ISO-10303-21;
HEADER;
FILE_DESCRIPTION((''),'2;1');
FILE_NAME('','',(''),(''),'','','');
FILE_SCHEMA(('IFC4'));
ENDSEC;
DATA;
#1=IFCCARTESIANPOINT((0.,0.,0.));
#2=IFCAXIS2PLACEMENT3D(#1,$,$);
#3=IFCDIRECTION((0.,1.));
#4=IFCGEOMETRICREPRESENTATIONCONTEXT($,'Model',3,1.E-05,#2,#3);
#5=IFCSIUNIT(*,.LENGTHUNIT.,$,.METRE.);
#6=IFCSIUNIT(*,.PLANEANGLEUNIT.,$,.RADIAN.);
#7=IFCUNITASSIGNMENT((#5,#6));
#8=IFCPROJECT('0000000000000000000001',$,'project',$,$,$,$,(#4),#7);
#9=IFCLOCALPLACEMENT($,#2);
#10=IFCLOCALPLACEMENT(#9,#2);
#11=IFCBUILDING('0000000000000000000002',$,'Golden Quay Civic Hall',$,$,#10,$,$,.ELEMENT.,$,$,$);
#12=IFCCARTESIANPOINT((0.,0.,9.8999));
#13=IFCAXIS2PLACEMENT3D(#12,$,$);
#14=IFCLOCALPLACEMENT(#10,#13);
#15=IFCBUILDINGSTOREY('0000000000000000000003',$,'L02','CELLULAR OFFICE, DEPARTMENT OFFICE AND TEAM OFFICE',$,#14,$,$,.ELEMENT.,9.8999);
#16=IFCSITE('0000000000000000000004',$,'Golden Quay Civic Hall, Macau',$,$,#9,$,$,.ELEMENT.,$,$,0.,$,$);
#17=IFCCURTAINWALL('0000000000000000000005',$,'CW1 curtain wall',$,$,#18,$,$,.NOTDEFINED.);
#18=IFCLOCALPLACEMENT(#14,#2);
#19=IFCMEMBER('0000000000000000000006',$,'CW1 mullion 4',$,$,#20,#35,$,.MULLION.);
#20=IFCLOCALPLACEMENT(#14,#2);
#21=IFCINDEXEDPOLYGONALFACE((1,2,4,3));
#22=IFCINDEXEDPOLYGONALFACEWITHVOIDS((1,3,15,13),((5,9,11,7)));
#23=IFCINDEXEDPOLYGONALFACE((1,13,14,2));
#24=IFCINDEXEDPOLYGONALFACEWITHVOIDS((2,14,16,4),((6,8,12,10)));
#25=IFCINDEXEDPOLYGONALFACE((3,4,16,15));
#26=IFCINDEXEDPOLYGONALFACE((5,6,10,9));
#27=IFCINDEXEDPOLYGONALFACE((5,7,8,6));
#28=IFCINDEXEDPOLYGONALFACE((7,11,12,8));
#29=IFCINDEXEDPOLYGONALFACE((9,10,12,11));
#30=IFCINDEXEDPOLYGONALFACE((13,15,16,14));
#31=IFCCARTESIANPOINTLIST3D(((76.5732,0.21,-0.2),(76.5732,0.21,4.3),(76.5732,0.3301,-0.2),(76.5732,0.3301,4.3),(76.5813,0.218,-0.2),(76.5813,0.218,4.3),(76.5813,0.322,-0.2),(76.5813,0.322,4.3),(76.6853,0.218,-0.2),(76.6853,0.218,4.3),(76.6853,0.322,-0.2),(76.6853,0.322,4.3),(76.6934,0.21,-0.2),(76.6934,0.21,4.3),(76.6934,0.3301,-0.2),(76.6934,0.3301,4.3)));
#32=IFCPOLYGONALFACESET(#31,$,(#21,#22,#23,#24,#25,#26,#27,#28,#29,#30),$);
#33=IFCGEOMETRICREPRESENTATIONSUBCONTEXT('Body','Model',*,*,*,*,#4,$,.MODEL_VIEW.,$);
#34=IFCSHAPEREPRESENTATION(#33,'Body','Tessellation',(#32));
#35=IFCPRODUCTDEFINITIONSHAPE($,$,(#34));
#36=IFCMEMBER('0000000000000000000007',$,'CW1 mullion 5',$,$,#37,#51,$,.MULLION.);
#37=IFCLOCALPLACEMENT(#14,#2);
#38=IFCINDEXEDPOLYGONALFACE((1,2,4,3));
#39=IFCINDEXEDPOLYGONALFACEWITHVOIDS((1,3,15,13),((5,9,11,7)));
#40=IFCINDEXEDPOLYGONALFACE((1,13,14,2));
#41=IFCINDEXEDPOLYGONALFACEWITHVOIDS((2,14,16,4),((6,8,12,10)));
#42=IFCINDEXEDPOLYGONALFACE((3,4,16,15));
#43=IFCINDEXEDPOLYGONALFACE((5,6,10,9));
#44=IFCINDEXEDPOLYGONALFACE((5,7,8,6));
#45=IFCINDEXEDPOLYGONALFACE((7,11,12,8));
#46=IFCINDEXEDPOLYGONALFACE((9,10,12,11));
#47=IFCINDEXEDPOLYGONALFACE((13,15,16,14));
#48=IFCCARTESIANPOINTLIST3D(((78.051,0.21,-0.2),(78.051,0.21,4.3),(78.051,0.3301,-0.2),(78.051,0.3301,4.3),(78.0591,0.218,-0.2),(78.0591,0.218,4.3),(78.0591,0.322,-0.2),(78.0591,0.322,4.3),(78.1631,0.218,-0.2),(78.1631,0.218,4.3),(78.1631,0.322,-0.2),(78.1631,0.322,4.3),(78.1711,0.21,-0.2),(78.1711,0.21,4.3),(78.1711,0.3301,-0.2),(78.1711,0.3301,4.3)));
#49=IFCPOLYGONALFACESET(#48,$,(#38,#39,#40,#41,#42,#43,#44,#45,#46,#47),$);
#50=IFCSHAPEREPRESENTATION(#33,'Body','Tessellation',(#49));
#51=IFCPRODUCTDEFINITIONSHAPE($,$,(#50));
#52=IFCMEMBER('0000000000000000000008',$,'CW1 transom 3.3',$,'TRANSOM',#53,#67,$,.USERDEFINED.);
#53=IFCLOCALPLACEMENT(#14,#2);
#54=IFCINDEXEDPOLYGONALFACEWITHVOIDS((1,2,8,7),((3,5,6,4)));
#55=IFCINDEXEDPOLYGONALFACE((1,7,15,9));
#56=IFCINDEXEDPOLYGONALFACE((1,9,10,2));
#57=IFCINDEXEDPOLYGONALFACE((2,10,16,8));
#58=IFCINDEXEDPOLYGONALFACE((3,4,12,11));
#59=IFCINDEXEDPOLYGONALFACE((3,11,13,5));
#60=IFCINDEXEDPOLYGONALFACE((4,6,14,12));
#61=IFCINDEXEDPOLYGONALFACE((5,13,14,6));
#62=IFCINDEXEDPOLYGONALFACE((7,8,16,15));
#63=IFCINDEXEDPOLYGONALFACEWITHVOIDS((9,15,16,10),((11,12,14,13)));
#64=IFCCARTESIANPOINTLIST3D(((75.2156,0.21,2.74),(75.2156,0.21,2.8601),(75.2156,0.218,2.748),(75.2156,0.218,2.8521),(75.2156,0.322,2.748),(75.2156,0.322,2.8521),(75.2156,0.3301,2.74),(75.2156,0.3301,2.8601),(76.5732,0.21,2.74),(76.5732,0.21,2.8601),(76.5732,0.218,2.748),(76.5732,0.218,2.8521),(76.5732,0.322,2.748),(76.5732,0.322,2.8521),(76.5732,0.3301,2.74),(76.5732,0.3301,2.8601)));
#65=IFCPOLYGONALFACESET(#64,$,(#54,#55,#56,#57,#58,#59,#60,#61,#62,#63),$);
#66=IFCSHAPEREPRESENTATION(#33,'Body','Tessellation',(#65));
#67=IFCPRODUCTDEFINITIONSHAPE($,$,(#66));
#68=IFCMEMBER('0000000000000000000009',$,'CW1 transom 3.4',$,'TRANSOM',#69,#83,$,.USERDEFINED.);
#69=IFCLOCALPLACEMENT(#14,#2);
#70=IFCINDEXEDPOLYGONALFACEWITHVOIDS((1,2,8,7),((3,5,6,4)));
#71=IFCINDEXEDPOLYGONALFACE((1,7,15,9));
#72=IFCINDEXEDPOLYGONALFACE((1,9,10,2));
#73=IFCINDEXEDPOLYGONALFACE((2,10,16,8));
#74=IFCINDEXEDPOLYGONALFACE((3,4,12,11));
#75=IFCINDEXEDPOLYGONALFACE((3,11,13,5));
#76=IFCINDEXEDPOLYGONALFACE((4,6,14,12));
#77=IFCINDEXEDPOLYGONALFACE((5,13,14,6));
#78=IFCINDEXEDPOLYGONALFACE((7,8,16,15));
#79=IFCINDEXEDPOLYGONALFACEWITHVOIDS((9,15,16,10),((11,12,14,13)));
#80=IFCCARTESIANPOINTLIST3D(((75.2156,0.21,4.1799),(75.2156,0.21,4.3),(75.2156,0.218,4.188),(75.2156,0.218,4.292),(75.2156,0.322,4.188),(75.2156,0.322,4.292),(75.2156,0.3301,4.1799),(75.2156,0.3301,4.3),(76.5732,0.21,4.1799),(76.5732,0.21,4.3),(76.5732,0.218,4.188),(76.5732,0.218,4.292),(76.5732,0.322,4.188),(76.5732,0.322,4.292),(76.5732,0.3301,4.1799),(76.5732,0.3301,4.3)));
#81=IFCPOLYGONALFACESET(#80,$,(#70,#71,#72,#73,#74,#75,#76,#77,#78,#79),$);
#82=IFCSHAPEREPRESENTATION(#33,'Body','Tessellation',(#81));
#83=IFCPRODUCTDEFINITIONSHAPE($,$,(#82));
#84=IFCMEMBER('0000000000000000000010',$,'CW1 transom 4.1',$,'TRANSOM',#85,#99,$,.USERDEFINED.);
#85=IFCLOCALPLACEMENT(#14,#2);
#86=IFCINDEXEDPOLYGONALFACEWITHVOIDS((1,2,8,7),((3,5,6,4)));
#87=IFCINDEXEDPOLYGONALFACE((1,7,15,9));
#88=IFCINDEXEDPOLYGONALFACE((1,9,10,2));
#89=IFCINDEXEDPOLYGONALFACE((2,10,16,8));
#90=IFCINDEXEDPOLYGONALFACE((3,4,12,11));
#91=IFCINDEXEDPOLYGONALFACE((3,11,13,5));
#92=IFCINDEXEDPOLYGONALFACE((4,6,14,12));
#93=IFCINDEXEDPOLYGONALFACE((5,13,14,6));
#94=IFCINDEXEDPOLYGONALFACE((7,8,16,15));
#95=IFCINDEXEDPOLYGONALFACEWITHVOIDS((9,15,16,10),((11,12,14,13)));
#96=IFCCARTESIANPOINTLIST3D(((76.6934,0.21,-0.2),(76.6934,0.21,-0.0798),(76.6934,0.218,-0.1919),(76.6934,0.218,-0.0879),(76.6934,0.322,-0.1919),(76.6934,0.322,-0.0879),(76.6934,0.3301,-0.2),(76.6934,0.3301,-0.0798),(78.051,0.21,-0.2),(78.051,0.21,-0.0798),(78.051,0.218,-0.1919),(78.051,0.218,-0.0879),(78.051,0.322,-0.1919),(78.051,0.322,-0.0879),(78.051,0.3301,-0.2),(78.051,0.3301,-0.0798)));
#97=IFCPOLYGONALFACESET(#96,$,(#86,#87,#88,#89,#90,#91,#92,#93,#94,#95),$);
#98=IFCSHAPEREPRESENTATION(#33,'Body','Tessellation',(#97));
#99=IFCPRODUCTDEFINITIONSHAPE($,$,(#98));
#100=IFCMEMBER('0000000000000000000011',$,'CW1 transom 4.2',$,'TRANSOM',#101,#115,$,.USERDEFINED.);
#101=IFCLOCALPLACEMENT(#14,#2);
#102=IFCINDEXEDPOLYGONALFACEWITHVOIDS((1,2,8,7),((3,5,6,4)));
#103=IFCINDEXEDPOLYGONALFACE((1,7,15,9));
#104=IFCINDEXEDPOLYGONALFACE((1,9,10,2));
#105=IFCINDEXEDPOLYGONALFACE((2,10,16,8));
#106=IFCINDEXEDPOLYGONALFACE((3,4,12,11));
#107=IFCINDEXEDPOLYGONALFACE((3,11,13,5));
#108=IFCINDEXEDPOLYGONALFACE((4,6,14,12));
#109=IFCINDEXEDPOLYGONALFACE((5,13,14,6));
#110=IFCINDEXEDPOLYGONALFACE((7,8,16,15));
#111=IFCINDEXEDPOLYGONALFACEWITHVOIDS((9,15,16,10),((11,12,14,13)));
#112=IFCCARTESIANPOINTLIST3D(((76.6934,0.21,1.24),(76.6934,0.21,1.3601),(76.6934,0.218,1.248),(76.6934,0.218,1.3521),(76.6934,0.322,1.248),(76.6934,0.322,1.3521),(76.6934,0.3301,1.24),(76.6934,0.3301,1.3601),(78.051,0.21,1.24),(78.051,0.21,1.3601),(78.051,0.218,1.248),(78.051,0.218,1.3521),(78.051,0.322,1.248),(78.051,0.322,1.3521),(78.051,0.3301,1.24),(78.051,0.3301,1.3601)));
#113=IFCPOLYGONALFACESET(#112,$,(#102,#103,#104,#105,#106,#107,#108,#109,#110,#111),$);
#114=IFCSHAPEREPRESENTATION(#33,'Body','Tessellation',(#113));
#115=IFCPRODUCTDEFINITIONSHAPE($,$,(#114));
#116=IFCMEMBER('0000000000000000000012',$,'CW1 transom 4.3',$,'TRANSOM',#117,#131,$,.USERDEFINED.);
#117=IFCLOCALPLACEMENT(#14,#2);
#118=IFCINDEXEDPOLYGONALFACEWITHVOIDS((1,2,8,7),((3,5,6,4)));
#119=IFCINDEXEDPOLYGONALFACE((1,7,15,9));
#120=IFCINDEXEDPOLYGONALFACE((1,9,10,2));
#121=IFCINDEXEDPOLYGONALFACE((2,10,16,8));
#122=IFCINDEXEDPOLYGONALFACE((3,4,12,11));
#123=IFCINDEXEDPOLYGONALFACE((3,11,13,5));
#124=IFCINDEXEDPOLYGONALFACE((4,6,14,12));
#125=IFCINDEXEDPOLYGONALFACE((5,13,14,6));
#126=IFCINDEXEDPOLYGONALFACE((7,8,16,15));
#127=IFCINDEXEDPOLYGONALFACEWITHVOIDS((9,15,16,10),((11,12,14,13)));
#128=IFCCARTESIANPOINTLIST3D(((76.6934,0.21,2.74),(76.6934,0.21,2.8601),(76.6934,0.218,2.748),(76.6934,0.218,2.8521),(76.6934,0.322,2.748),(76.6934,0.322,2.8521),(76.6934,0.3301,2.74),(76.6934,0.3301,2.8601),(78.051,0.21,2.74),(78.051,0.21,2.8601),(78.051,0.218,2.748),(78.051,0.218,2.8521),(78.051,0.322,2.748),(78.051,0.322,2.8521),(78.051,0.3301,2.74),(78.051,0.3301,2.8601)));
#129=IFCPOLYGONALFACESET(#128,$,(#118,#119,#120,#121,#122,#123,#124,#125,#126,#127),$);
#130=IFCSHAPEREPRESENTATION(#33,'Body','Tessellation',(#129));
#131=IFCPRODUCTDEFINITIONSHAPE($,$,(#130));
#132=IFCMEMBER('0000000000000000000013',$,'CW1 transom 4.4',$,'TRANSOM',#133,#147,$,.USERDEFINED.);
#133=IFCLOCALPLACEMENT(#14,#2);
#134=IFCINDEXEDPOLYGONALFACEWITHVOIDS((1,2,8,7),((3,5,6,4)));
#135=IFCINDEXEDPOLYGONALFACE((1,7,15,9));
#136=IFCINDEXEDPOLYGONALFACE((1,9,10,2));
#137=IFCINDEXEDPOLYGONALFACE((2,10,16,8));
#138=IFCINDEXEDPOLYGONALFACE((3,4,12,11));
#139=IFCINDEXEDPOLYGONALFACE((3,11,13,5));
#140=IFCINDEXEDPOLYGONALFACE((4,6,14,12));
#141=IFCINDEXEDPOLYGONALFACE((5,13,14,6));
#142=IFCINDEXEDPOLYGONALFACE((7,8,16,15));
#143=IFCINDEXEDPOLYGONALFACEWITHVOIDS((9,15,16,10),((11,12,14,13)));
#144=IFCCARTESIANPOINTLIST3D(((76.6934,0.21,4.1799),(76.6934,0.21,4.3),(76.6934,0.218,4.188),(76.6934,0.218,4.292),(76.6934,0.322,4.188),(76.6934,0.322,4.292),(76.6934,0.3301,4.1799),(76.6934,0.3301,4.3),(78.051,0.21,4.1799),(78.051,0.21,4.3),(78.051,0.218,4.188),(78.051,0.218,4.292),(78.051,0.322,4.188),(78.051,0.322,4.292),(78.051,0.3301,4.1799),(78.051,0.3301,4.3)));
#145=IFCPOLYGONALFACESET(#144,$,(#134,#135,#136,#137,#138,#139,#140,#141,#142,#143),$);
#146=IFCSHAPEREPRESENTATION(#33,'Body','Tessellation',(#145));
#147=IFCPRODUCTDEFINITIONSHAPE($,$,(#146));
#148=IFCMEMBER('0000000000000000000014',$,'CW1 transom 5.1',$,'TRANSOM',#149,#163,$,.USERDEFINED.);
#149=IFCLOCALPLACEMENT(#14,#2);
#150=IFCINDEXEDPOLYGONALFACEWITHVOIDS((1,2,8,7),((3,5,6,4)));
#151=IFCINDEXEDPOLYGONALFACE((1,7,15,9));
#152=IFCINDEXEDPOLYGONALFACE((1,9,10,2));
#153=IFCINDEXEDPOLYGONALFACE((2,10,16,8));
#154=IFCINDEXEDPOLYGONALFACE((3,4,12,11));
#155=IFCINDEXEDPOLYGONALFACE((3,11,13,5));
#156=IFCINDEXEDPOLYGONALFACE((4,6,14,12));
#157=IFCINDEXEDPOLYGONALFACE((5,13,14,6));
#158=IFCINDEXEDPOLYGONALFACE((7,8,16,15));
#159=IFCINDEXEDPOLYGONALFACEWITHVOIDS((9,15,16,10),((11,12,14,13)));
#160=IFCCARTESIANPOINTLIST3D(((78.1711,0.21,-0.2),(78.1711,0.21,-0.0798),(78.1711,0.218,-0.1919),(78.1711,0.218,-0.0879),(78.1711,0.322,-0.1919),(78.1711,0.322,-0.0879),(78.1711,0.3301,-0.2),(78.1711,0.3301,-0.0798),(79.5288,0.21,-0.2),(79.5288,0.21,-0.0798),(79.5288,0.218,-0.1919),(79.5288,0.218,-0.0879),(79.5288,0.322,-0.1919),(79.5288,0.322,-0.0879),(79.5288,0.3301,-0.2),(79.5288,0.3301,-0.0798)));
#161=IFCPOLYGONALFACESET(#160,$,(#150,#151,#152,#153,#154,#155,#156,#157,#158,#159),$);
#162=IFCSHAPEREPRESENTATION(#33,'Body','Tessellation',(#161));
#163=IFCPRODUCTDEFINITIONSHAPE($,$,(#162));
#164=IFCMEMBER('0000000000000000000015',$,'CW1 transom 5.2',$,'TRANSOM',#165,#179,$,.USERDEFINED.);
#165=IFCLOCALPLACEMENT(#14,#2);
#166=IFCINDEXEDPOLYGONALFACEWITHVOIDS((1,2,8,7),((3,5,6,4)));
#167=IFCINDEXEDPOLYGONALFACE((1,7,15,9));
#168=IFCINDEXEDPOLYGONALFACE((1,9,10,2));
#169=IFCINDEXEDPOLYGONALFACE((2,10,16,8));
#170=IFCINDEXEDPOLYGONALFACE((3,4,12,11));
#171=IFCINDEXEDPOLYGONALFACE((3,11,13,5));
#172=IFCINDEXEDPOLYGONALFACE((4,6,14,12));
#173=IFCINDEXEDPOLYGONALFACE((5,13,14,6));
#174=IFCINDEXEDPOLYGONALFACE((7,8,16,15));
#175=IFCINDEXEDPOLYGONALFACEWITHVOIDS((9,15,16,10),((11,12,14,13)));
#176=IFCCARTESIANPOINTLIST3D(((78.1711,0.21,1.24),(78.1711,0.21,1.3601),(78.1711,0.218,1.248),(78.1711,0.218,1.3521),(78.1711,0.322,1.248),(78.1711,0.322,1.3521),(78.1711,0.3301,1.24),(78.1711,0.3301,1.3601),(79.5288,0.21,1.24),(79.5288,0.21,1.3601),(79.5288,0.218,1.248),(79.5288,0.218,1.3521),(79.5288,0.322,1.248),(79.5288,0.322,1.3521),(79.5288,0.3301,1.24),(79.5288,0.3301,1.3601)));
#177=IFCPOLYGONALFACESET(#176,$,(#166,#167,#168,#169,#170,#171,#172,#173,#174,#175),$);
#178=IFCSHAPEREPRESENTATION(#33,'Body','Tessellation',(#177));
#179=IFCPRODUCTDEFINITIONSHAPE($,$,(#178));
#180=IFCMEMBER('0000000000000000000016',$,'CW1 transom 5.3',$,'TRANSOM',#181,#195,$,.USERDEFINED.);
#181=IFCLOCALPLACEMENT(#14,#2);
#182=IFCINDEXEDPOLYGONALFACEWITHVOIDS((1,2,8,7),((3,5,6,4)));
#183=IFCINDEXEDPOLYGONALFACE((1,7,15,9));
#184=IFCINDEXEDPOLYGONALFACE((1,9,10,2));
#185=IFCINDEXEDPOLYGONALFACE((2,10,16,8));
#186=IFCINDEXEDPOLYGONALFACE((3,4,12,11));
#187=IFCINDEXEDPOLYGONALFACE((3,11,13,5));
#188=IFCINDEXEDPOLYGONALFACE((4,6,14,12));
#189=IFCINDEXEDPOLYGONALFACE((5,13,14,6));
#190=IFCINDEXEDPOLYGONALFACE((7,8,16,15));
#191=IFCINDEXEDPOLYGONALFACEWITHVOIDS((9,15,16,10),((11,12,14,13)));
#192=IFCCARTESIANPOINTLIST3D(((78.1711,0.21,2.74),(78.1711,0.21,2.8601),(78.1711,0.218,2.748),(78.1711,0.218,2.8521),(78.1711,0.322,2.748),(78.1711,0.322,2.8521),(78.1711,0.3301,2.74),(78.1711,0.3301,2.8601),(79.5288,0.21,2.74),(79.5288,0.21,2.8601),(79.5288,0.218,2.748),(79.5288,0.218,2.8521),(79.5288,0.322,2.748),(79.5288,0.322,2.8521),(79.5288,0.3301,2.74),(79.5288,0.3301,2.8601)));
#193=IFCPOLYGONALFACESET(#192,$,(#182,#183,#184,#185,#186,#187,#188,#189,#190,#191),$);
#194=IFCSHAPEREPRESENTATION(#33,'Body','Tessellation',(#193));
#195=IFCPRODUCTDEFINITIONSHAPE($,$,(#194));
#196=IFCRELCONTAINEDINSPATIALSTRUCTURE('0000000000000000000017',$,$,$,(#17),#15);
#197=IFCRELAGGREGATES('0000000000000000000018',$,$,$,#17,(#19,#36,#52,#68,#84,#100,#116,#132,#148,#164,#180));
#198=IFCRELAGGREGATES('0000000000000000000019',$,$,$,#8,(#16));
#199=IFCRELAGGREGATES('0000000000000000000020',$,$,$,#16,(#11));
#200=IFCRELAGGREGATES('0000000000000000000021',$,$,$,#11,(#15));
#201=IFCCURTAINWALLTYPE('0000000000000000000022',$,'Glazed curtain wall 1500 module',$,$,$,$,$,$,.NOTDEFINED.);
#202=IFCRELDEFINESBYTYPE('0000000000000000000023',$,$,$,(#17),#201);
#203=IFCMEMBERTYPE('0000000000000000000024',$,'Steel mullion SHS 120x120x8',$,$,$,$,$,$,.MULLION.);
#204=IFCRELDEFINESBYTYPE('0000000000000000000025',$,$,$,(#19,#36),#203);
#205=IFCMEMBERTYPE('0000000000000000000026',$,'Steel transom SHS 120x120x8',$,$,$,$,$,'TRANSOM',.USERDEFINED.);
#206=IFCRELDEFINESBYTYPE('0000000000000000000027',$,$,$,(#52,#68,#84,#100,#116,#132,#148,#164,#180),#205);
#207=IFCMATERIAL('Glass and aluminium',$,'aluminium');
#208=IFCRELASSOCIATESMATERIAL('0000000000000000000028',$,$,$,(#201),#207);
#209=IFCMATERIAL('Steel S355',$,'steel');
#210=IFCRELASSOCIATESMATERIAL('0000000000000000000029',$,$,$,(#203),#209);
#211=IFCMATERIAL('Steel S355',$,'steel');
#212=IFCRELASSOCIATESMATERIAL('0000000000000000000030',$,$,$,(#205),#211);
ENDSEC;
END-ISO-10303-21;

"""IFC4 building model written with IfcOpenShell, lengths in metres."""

from ifc_helpers import new_model, si_unit, direction, frame, origin, origin_2d, place, context, subcontext, project, spatial, hollow_rectangle, extrude, material, material_profile, profile_set, type_object, element, aggregate, save


model = new_model("IFC4")

# Units and contexts
model_context = context("Model", 3, precision=1e-05, world=origin(), true_north=direction((0.0, 1.0)))
body_context = subcontext(model_context, "Body", "Model", "MODEL_VIEW")
ifc_project = project(units=[si_unit("LENGTHUNIT", "METRE"), si_unit("PLANEANGLEUNIT", "RADIAN")], contexts=[model_context])

# Site, building, storey
site_placement = place(None, origin())
site = spatial("IfcSite", under=ifc_project, at=site_placement, Name="Golden Quay Civic Hall, Macau", CompositionType="ELEMENT", RefElevation=0.0)
building_placement = place(site_placement, origin())
building = spatial("IfcBuilding", under=site, at=building_placement, Name="Golden Quay Civic Hall", CompositionType="ELEMENT")
storey_placement = place(building_placement, frame((0.0, 0.0, 9.8999)))
storey = spatial("IfcBuildingStorey", under=building, at=storey_placement, Name="L02", Description="CELLULAR OFFICE, DEPARTMENT OFFICE AND TEAM OFFICE", CompositionType="ELEMENT", Elevation=9.8999)

# Curtain wall, members
ifc_material_1 = material(Name="Glass and aluminium", Category="aluminium")
curtain_wall_type = type_object("IfcCurtainWallType", Name="Glazed curtain wall 1500 module", PredefinedType="NOTDEFINED", material=ifc_material_1)
curtain_wall_placement = place(storey_placement, origin())
curtain_wall = element("IfcCurtainWall", 1, at=curtain_wall_placement, inside=storey, type_object=curtain_wall_type, Name="CW1 curtain wall", PredefinedType="NOTDEFINED")
ifc_material_2 = material(Name="Steel S355", Category="steel")
ifc_material_profile_1 = material_profile(ifc_material_2, hollow_rectangle(XDim=0.1201, YDim=0.1201, WallThickness=0.0081, at=origin_2d()), Name="SHS 120x120x8")
ifc_profile_set_1 = profile_set([ifc_material_profile_1], Name="Steel S355")
member_type_1 = type_object("IfcMemberType", Name="Steel mullion SHS 120x120x8", PredefinedType="MULLION", material=ifc_profile_set_1)
member_1_placement = place(storey_placement, frame((76.6333, 0.27, -0.2), z_axis=(0.0, 0.0, 1.0), x_axis=(0.0, 1.0, 0.0)))
member_1 = element("IfcMember", 2, at=member_1_placement, type_object=member_type_1, Name="CW1 mullion 4", PredefinedType="MULLION", context=body_context, shape_type="SweptSolid", body=[
    extrude(hollow_rectangle(XDim=0.1201, YDim=0.1201, WallThickness=0.0081, at=origin_2d()), origin(), (0.0, 0.0, 1.0), 4.5),
])
member_2_placement = place(storey_placement, frame((78.1111, 0.27, -0.2), z_axis=(0.0, 0.0, 1.0), x_axis=(0.0, 1.0, 0.0)))
member_2 = element("IfcMember", 3, at=member_2_placement, type_object=member_type_1, Name="CW1 mullion 5", PredefinedType="MULLION", context=body_context, shape_type="SweptSolid", body=[
    extrude(hollow_rectangle(XDim=0.1201, YDim=0.1201, WallThickness=0.0081, at=origin_2d()), origin(), (0.0, 0.0, 1.0), 4.5),
])
ifc_material_3 = material(Name="Steel S355", Category="steel")
ifc_material_profile_2 = material_profile(ifc_material_3, hollow_rectangle(XDim=0.1201, YDim=0.1201, WallThickness=0.0081, at=origin_2d()), Name="SHS 120x120x8")
ifc_profile_set_2 = profile_set([ifc_material_profile_2], Name="Steel S355")
member_type_2 = type_object("IfcMemberType", Name="Steel transom SHS 120x120x8", ElementType="TRANSOM", PredefinedType="USERDEFINED", material=ifc_profile_set_2)
member_3_placement = place(storey_placement, frame((75.2156, 0.27, 2.8), z_axis=(1.0, 0.0, 0.0), x_axis=(0.0, 1.0, 0.0)))
member_3 = element("IfcMember", 4, at=member_3_placement, type_object=member_type_2, Name="CW1 transom 3.3", ObjectType="TRANSOM", PredefinedType="USERDEFINED", context=body_context, shape_type="SweptSolid", body=[
    extrude(hollow_rectangle(XDim=0.1201, YDim=0.1201, WallThickness=0.0081, at=origin_2d()), origin(), (0.0, 0.0, 1.0), 1.3577),
])
member_4_placement = place(storey_placement, frame((75.2156, 0.27, 4.24), z_axis=(1.0, 0.0, 0.0), x_axis=(0.0, 1.0, 0.0)))
member_4 = element("IfcMember", 5, at=member_4_placement, type_object=member_type_2, Name="CW1 transom 3.4", ObjectType="TRANSOM", PredefinedType="USERDEFINED", context=body_context, shape_type="SweptSolid", body=[
    extrude(hollow_rectangle(XDim=0.1201, YDim=0.1201, WallThickness=0.0081, at=origin_2d()), origin(), (0.0, 0.0, 1.0), 1.3577),
])
member_5_placement = place(storey_placement, frame((76.6934, 0.27, -0.1399), z_axis=(1.0, 0.0, 0.0), x_axis=(0.0, 1.0, 0.0)))
member_5 = element("IfcMember", 6, at=member_5_placement, type_object=member_type_2, Name="CW1 transom 4.1", ObjectType="TRANSOM", PredefinedType="USERDEFINED", context=body_context, shape_type="SweptSolid", body=[
    extrude(hollow_rectangle(XDim=0.1201, YDim=0.1201, WallThickness=0.0081, at=origin_2d()), origin(), (0.0, 0.0, 1.0), 1.3577),
])
member_6_placement = place(storey_placement, frame((76.6934, 0.27, 1.3), z_axis=(1.0, 0.0, 0.0), x_axis=(0.0, 1.0, 0.0)))
member_6 = element("IfcMember", 7, at=member_6_placement, type_object=member_type_2, Name="CW1 transom 4.2", ObjectType="TRANSOM", PredefinedType="USERDEFINED", context=body_context, shape_type="SweptSolid", body=[
    extrude(hollow_rectangle(XDim=0.1201, YDim=0.1201, WallThickness=0.0081, at=origin_2d()), origin(), (0.0, 0.0, 1.0), 1.3577),
])
member_7_placement = place(storey_placement, frame((76.6934, 0.27, 2.8), z_axis=(1.0, 0.0, 0.0), x_axis=(0.0, 1.0, 0.0)))
member_7 = element("IfcMember", 8, at=member_7_placement, type_object=member_type_2, Name="CW1 transom 4.3", ObjectType="TRANSOM", PredefinedType="USERDEFINED", context=body_context, shape_type="SweptSolid", body=[
    extrude(hollow_rectangle(XDim=0.1201, YDim=0.1201, WallThickness=0.0081, at=origin_2d()), origin(), (0.0, 0.0, 1.0), 1.3577),
])
member_8_placement = place(storey_placement, frame((76.6934, 0.27, 4.24), z_axis=(1.0, 0.0, 0.0), x_axis=(0.0, 1.0, 0.0)))
member_8 = element("IfcMember", 9, at=member_8_placement, type_object=member_type_2, Name="CW1 transom 4.4", ObjectType="TRANSOM", PredefinedType="USERDEFINED", context=body_context, shape_type="SweptSolid", body=[
    extrude(hollow_rectangle(XDim=0.1201, YDim=0.1201, WallThickness=0.0081, at=origin_2d()), origin(), (0.0, 0.0, 1.0), 1.3577),
])
member_9_placement = place(storey_placement, frame((78.1711, 0.27, -0.1399), z_axis=(1.0, 0.0, 0.0), x_axis=(0.0, 1.0, 0.0)))
member_9 = element("IfcMember", 10, at=member_9_placement, type_object=member_type_2, Name="CW1 transom 5.1", ObjectType="TRANSOM", PredefinedType="USERDEFINED", context=body_context, shape_type="SweptSolid", body=[
    extrude(hollow_rectangle(XDim=0.1201, YDim=0.1201, WallThickness=0.0081, at=origin_2d()), origin(), (0.0, 0.0, 1.0), 1.3577),
])
member_10_placement = place(storey_placement, frame((78.1711, 0.27, 1.3), z_axis=(1.0, 0.0, 0.0), x_axis=(0.0, 1.0, 0.0)))
member_10 = element("IfcMember", 11, at=member_10_placement, type_object=member_type_2, Name="CW1 transom 5.2", ObjectType="TRANSOM", PredefinedType="USERDEFINED", context=body_context, shape_type="SweptSolid", body=[
    extrude(hollow_rectangle(XDim=0.1201, YDim=0.1201, WallThickness=0.0081, at=origin_2d()), origin(), (0.0, 0.0, 1.0), 1.3577),
])
member_11_placement = place(storey_placement, frame((78.1711, 0.27, 2.8), z_axis=(1.0, 0.0, 0.0), x_axis=(0.0, 1.0, 0.0)))
member_11 = element("IfcMember", 12, at=member_11_placement, type_object=member_type_2, Name="CW1 transom 5.3", ObjectType="TRANSOM", PredefinedType="USERDEFINED", context=body_context, shape_type="SweptSolid", body=[
    extrude(hollow_rectangle(XDim=0.1201, YDim=0.1201, WallThickness=0.0081, at=origin_2d()), origin(), (0.0, 0.0, 1.0), 1.3577),
])
aggregate(curtain_wall, [member_1, member_2, member_3, member_4, member_5, member_6, member_7, member_8, member_9, member_10, member_11])

save(model, "model.ifc")
